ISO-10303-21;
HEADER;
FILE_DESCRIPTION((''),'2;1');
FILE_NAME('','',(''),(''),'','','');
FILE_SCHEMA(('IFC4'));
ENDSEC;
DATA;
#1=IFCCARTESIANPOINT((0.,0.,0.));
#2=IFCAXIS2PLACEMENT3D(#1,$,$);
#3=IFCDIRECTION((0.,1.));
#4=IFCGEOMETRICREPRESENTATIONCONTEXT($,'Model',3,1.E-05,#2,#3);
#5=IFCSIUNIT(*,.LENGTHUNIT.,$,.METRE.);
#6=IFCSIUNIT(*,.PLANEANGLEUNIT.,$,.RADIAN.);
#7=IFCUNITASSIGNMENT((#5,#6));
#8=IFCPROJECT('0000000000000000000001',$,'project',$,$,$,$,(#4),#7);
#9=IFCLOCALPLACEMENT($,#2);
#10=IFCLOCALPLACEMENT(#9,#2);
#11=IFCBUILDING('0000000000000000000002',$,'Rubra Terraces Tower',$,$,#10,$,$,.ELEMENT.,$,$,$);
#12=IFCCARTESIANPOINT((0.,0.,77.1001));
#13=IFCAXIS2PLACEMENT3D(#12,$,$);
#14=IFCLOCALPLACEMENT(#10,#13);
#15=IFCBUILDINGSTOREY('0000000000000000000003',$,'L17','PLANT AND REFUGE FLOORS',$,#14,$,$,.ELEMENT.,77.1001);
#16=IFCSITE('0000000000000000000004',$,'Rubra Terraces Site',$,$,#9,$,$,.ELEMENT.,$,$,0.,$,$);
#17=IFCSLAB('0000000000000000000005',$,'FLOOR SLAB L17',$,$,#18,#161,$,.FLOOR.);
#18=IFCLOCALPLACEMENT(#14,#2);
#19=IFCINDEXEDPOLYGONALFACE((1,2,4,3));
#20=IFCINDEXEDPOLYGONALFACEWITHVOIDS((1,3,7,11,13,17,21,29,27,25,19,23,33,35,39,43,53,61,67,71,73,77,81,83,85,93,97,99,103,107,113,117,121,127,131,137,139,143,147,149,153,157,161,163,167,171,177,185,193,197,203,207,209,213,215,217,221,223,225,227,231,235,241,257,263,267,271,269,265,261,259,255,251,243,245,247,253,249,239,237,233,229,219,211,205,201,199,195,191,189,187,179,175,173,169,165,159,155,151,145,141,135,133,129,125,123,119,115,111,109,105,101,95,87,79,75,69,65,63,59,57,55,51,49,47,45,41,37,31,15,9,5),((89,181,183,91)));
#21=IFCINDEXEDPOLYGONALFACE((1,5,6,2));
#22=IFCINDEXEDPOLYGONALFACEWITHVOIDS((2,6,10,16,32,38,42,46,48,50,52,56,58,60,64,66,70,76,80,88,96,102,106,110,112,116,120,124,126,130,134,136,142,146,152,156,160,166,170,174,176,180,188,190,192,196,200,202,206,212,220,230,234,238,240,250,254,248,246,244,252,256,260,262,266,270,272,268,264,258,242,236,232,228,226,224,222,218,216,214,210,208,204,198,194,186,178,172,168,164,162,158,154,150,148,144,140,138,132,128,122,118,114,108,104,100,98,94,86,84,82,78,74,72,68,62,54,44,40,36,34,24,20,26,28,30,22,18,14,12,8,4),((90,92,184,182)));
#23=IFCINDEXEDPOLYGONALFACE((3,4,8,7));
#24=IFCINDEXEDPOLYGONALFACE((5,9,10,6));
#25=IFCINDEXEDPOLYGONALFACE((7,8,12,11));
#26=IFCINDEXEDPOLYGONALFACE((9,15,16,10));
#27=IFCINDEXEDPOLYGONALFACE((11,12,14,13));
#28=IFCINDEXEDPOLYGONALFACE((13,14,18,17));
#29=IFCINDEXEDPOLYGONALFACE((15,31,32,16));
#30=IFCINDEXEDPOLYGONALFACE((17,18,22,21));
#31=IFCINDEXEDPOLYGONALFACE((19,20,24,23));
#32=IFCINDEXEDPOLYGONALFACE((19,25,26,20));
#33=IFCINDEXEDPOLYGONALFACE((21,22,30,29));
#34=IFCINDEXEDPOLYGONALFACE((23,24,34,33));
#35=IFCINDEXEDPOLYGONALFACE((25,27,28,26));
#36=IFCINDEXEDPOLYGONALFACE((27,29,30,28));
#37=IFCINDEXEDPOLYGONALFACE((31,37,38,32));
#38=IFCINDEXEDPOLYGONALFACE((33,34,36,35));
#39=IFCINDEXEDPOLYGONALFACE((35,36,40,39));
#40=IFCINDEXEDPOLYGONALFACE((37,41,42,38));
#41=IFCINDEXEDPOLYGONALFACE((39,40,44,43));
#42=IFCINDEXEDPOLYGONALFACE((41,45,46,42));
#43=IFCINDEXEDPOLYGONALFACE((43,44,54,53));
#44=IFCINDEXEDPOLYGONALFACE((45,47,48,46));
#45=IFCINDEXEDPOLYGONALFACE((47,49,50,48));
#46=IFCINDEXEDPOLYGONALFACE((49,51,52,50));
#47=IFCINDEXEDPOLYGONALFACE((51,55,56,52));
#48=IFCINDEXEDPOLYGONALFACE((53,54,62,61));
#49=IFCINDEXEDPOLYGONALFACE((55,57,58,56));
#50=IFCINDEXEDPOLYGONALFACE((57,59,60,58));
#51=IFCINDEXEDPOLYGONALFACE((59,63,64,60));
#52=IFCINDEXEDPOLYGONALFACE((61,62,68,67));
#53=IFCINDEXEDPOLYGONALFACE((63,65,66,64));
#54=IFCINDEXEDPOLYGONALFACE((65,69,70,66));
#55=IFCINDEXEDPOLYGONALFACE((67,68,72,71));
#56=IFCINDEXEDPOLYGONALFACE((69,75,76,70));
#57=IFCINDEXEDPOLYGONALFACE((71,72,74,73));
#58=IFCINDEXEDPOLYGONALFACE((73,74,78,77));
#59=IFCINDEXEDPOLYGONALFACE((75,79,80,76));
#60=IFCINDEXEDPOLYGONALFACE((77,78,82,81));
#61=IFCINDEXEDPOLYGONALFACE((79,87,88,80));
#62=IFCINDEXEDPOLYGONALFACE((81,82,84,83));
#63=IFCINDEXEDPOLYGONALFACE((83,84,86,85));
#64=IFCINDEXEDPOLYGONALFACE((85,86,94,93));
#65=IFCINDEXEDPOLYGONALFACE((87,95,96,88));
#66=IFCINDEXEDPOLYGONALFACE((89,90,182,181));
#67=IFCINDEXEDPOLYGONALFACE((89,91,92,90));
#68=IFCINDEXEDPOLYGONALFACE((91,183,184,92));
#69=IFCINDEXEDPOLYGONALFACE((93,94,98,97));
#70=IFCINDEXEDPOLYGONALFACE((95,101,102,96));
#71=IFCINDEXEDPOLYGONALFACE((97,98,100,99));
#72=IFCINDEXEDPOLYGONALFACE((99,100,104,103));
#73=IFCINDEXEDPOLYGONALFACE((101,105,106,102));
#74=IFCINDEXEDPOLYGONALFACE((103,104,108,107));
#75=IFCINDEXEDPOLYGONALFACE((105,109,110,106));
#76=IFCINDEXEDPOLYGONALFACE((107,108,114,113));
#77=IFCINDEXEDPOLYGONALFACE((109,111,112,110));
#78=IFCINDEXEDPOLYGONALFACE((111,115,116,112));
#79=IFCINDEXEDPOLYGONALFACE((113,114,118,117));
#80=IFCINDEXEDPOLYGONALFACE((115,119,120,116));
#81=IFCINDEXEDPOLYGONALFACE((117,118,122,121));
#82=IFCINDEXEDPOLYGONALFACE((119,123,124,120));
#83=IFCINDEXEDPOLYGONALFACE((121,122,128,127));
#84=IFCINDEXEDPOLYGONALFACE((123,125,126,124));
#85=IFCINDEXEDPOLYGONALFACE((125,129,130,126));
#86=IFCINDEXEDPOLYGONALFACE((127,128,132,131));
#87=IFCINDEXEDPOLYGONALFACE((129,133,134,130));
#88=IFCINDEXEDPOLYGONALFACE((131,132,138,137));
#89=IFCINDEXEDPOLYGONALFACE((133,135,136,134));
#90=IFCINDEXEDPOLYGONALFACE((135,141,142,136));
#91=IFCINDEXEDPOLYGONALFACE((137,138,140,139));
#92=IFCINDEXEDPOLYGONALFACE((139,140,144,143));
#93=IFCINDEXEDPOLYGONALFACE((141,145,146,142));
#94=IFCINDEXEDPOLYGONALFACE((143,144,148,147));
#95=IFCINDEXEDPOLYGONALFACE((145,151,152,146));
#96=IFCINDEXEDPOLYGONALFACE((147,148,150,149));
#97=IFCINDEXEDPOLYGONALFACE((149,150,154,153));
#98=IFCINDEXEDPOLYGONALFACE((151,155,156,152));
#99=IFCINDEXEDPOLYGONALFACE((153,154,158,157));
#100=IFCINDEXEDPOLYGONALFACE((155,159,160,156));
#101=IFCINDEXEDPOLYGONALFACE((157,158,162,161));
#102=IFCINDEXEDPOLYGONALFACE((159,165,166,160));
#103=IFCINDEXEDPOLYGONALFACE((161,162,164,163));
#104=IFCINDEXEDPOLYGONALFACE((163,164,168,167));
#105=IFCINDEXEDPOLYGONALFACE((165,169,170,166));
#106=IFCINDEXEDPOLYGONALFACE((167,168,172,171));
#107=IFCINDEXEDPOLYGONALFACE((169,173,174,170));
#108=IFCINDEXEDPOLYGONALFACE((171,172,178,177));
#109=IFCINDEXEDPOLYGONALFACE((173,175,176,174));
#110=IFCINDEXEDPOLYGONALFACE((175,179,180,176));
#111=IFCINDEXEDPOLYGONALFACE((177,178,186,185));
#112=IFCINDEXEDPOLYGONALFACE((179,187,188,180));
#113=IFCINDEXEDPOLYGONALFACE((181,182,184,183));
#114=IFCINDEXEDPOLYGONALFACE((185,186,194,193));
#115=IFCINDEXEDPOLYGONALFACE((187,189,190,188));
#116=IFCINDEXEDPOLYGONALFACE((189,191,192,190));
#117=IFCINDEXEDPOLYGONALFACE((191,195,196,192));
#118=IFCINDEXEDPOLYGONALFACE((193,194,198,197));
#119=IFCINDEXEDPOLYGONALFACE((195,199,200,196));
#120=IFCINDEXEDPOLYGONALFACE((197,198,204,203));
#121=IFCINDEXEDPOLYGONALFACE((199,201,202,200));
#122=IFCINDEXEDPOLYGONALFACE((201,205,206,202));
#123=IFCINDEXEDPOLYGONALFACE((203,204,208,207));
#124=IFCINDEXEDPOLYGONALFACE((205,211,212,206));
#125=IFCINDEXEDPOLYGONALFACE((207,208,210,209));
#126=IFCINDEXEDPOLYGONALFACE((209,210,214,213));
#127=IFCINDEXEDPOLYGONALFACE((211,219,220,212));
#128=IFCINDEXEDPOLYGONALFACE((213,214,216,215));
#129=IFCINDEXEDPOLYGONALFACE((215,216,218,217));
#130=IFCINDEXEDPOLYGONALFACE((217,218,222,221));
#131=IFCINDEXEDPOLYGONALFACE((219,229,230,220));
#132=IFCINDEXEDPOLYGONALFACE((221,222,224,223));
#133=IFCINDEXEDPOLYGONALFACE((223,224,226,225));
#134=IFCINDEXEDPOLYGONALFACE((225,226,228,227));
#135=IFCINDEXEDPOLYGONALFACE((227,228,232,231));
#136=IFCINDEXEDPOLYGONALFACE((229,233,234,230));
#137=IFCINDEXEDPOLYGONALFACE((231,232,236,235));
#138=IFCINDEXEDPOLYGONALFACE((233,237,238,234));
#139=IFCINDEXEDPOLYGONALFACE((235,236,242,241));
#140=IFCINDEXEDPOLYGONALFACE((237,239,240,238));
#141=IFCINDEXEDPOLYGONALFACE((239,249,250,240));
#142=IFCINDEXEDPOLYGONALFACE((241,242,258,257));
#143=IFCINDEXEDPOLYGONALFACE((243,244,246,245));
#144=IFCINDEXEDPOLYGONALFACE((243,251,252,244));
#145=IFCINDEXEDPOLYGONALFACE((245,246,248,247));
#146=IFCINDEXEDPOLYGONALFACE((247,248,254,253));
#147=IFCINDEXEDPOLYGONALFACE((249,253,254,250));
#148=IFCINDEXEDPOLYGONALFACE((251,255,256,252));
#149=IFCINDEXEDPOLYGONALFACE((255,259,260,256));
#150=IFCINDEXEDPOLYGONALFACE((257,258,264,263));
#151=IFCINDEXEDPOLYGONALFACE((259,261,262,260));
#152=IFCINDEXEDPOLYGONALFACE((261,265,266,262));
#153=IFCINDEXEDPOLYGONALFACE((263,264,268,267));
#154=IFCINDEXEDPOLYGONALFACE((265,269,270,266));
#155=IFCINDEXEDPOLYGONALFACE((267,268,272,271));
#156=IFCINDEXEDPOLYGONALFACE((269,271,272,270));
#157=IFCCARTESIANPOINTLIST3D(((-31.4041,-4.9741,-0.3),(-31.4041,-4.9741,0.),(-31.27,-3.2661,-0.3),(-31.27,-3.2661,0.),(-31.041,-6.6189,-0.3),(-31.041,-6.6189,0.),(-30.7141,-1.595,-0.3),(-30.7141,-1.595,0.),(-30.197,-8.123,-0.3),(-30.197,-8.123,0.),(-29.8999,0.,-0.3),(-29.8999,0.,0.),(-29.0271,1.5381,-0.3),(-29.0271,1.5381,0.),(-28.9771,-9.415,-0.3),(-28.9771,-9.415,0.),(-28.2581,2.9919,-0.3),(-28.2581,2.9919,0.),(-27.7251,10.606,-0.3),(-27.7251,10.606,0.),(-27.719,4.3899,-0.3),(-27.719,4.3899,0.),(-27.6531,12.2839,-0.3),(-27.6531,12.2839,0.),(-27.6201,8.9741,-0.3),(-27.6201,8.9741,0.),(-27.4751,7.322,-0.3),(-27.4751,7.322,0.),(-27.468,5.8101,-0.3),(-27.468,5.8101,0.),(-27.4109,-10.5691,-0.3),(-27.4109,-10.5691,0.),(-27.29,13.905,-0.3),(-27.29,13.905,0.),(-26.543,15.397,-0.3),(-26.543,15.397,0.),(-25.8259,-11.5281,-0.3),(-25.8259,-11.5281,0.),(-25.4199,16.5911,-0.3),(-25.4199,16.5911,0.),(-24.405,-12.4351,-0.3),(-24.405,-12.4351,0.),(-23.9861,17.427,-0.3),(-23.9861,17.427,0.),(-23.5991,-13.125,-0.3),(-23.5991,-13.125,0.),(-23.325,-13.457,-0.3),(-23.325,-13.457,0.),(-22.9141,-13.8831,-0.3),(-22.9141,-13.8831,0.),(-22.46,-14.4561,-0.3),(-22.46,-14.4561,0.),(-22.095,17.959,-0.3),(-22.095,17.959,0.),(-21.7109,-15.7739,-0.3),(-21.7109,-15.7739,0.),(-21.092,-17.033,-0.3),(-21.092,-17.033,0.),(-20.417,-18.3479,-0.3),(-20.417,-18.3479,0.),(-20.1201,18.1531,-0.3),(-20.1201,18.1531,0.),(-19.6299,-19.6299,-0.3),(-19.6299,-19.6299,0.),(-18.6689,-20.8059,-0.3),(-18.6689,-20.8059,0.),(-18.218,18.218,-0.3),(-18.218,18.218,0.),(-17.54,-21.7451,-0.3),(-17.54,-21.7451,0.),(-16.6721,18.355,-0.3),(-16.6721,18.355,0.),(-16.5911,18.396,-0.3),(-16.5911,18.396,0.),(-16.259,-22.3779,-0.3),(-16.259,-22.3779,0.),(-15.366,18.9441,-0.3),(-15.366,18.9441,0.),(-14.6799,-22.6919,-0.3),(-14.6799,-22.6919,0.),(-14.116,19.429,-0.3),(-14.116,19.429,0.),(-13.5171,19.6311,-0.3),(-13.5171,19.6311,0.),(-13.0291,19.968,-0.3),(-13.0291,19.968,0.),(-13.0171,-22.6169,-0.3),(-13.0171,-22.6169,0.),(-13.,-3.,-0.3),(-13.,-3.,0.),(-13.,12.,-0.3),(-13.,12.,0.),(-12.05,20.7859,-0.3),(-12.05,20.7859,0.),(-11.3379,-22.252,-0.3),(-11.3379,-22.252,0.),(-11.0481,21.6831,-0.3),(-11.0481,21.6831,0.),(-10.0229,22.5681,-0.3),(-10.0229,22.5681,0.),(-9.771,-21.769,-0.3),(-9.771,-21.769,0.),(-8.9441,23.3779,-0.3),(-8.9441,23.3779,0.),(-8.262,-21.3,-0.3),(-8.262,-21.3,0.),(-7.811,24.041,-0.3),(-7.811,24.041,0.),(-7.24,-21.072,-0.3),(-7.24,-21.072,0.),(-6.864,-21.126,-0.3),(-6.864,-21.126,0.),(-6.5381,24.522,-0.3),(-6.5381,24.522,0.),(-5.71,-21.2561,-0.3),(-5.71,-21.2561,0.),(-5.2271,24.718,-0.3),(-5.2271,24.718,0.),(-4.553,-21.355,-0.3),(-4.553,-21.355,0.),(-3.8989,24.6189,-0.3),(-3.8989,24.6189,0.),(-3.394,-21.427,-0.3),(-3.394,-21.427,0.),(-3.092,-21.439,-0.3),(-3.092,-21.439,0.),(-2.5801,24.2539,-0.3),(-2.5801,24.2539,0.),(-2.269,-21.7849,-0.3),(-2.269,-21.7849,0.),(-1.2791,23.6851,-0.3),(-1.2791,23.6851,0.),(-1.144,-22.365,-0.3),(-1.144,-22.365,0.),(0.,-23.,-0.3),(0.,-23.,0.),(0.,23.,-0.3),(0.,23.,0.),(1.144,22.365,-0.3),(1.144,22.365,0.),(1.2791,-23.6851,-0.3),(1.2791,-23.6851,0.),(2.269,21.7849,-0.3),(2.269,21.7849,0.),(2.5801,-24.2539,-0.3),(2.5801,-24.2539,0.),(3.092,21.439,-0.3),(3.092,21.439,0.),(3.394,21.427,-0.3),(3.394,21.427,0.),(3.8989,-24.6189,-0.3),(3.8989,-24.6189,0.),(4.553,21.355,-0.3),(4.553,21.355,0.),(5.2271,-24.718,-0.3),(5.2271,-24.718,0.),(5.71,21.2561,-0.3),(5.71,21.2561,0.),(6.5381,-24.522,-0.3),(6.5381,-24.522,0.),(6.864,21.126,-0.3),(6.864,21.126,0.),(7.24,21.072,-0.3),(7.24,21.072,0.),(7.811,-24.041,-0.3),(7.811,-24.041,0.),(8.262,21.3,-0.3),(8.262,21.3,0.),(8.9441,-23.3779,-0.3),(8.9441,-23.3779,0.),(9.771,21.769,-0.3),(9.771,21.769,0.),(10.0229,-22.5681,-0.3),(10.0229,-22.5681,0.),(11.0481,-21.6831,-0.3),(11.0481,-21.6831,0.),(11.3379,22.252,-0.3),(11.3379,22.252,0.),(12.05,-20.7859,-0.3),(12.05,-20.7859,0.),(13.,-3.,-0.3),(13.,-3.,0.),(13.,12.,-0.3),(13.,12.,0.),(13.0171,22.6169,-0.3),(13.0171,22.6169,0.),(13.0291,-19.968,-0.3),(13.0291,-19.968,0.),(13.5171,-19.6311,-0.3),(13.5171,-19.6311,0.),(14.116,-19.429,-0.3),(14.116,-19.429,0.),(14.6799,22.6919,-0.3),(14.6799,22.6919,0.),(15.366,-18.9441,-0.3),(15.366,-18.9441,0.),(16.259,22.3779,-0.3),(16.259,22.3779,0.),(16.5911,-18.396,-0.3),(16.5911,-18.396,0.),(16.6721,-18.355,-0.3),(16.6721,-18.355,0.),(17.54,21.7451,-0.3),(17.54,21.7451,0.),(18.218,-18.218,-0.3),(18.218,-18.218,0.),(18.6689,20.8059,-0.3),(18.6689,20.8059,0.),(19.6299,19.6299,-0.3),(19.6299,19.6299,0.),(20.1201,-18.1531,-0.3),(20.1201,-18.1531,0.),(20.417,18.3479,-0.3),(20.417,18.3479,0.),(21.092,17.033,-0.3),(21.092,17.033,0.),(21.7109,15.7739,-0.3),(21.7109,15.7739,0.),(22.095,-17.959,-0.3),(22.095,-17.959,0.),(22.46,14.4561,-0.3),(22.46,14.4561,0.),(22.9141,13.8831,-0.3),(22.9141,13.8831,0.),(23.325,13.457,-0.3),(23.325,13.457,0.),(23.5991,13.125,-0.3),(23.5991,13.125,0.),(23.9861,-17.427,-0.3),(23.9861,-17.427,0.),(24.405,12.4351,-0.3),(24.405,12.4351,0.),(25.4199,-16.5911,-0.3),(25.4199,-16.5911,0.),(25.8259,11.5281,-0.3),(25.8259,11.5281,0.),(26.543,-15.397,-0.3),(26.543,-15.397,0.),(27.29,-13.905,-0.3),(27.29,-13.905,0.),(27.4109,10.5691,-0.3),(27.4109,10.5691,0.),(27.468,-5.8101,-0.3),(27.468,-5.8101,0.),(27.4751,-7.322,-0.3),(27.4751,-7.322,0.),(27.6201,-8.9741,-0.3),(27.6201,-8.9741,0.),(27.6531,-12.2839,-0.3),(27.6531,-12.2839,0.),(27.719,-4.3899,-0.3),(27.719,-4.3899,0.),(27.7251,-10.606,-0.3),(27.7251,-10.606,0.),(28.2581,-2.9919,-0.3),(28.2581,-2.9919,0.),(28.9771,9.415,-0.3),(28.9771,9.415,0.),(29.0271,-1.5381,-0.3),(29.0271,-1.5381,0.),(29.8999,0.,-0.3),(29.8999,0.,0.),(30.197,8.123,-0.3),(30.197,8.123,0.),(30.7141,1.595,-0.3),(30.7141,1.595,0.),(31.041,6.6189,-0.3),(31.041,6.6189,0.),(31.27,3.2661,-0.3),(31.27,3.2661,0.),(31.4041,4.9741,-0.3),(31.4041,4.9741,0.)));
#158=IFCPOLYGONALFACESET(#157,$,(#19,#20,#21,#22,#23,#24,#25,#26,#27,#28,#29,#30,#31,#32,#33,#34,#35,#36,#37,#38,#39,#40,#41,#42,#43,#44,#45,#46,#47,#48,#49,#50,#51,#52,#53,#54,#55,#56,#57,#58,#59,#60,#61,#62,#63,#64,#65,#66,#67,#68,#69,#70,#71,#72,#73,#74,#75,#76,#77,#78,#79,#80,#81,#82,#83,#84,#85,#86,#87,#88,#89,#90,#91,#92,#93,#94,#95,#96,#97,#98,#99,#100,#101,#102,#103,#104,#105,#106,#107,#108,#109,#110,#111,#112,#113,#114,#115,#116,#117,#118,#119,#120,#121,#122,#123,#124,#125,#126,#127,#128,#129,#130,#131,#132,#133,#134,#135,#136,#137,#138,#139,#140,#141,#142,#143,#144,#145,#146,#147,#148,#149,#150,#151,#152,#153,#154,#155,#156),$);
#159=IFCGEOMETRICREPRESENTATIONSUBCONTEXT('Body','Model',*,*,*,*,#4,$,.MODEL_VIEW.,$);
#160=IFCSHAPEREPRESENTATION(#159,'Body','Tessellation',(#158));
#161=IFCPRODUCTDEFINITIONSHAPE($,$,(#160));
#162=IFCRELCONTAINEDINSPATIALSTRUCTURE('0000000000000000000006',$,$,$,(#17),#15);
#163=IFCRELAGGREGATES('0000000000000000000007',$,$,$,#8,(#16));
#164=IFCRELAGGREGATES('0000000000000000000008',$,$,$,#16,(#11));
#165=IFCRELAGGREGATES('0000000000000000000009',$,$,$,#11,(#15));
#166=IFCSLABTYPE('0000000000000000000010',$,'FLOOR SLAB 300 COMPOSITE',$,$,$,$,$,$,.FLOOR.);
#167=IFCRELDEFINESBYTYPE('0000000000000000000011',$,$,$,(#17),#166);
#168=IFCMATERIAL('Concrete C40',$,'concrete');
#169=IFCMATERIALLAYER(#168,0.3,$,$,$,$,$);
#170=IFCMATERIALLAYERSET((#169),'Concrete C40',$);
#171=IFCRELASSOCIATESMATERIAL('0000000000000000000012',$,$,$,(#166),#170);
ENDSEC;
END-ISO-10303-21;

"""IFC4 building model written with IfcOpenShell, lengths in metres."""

from ifc_helpers import new_model, si_unit, direction, frame, origin, place, context, subcontext, project, spatial, polyline, outline, extrude, material, layer, layer_set, type_object, element, save


model = new_model("IFC4")

# Units and contexts
model_context = context("Model", 3, precision=1e-05, world=origin(), true_north=direction((0.0, 1.0)))
body_context = subcontext(model_context, "Body", "Model", "MODEL_VIEW")
ifc_project = project(units=[si_unit("LENGTHUNIT", "METRE"), si_unit("PLANEANGLEUNIT", "RADIAN")], contexts=[model_context])

# Site, building, storey
site_placement = place(None, origin())
site = spatial("IfcSite", under=ifc_project, at=site_placement, Name="Rubra Terraces Site", CompositionType="ELEMENT", RefElevation=0.0)
building_placement = place(site_placement, origin())
building = spatial("IfcBuilding", under=site, at=building_placement, Name="Rubra Terraces Tower", CompositionType="ELEMENT")
storey_placement = place(building_placement, frame((0.0, 0.0, 77.1001)))
storey = spatial("IfcBuildingStorey", under=building, at=storey_placement, Name="L17", Description="PLANT AND REFUGE FLOORS", CompositionType="ELEMENT", Elevation=77.1001)

# Slab
ifc_material_1 = material(Name="Concrete C40", Category="concrete")
ifc_layer_1 = layer(ifc_material_1, 0.3)
ifc_layer_set_1 = layer_set([ifc_layer_1], Name="Concrete C40")
slab_type = type_object("IfcSlabType", Name="FLOOR SLAB 300 COMPOSITE", PredefinedType="FLOOR", material=ifc_layer_set_1)
slab_placement = place(storey_placement, frame((0.0, 0.0, -0.3)))
element("IfcSlab", 1, at=slab_placement, inside=storey, type_object=slab_type, Name="FLOOR SLAB L17", PredefinedType="FLOOR", context=body_context, shape_type="SweptSolid", body=[
    extrude(outline(polyline([(11.0481, -21.6831), (12.05, -20.7859), (13.0291, -19.968), (13.5171, -19.6311), (14.116, -19.429), (15.366, -18.9441), (16.5911, -18.396), (16.6721, -18.355), (18.218, -18.218), (20.1201, -18.1531), (22.095, -17.959), (23.9861, -17.427), (25.4199, -16.5911), (26.543, -15.397), (27.29, -13.905), (27.6531, -12.2839), (27.7251, -10.606), (27.6201, -8.9741), (27.4751, -7.322), (27.468, -5.8101), (27.719, -4.3899), (28.2581, -2.9919), (29.0271, -1.5381), (29.8999, 0.0), (30.7141, 1.595), (31.27, 3.2661), (31.4041, 4.9741), (31.041, 6.6189), (30.197, 8.123), (28.9771, 9.415), (27.4109, 10.5691), (25.8259, 11.5281), (24.405, 12.4351), (23.5991, 13.125), (23.325, 13.457), (22.9141, 13.8831), (22.46, 14.4561), (21.7109, 15.7739), (21.092, 17.033), (20.417, 18.3479), (19.6299, 19.6299), (18.6689, 20.8059), (17.54, 21.7451), (16.259, 22.3779), (14.6799, 22.6919), (13.0171, 22.6169), (11.3379, 22.252), (9.771, 21.769), (8.262, 21.3), (7.24, 21.072), (6.864, 21.126), (5.71, 21.2561), (4.553, 21.355), (3.394, 21.427), (3.092, 21.439), (2.269, 21.7849), (1.144, 22.365), (0.0, 23.0), (-1.2791, 23.6851), (-2.5801, 24.2539), (-3.8989, 24.6189), (-5.2271, 24.718), (-6.5381, 24.522), (-7.811, 24.041), (-8.9441, 23.3779), (-10.0229, 22.5681), (-11.0481, 21.6831), (-12.05, 20.7859), (-13.0291, 19.968), (-13.5171, 19.6311), (-14.116, 19.429), (-15.366, 18.9441), (-16.5911, 18.396), (-16.6721, 18.355), (-18.218, 18.218), (-20.1201, 18.1531), (-22.095, 17.959), (-23.9861, 17.427), (-25.4199, 16.5911), (-26.543, 15.397), (-27.29, 13.905), (-27.6531, 12.2839), (-27.7251, 10.606), (-27.6201, 8.9741), (-27.4751, 7.322), (-27.468, 5.8101), (-27.719, 4.3899), (-28.2581, 2.9919), (-29.0271, 1.5381), (-29.8999, 0.0), (-30.7141, -1.595), (-31.27, -3.2661), (-31.4041, -4.9741), (-31.041, -6.6189), (-30.197, -8.123), (-28.9771, -9.415), (-27.4109, -10.5691), (-25.8259, -11.5281), (-24.405, -12.4351), (-23.5991, -13.125), (-23.325, -13.457), (-22.9141, -13.8831), (-22.46, -14.4561), (-21.7109, -15.7739), (-21.092, -17.033), (-20.417, -18.3479), (-19.6299, -19.6299), (-18.6689, -20.8059), (-17.54, -21.7451), (-16.259, -22.3779), (-14.6799, -22.6919), (-13.0171, -22.6169), (-11.3379, -22.252), (-9.771, -21.769), (-8.262, -21.3), (-7.24, -21.072), (-6.864, -21.126), (-5.71, -21.2561), (-4.553, -21.355), (-3.394, -21.427), (-3.092, -21.439), (-2.269, -21.7849), (-1.144, -22.365), (0.0, -23.0), (1.2791, -23.6851), (2.5801, -24.2539), (3.8989, -24.6189), (5.2271, -24.718), (6.5381, -24.522), (7.811, -24.041), (8.9441, -23.3779), (10.0229, -22.5681), (11.0481, -21.6831)]), holes=[polyline([(13.0, 12.0), (13.0, -3.0), (-13.0, -3.0), (-13.0, 12.0), (13.0, 12.0)])]), origin(), (0.0, 0.0, 1.0), 0.3),
])

save(model, "model.ifc")
